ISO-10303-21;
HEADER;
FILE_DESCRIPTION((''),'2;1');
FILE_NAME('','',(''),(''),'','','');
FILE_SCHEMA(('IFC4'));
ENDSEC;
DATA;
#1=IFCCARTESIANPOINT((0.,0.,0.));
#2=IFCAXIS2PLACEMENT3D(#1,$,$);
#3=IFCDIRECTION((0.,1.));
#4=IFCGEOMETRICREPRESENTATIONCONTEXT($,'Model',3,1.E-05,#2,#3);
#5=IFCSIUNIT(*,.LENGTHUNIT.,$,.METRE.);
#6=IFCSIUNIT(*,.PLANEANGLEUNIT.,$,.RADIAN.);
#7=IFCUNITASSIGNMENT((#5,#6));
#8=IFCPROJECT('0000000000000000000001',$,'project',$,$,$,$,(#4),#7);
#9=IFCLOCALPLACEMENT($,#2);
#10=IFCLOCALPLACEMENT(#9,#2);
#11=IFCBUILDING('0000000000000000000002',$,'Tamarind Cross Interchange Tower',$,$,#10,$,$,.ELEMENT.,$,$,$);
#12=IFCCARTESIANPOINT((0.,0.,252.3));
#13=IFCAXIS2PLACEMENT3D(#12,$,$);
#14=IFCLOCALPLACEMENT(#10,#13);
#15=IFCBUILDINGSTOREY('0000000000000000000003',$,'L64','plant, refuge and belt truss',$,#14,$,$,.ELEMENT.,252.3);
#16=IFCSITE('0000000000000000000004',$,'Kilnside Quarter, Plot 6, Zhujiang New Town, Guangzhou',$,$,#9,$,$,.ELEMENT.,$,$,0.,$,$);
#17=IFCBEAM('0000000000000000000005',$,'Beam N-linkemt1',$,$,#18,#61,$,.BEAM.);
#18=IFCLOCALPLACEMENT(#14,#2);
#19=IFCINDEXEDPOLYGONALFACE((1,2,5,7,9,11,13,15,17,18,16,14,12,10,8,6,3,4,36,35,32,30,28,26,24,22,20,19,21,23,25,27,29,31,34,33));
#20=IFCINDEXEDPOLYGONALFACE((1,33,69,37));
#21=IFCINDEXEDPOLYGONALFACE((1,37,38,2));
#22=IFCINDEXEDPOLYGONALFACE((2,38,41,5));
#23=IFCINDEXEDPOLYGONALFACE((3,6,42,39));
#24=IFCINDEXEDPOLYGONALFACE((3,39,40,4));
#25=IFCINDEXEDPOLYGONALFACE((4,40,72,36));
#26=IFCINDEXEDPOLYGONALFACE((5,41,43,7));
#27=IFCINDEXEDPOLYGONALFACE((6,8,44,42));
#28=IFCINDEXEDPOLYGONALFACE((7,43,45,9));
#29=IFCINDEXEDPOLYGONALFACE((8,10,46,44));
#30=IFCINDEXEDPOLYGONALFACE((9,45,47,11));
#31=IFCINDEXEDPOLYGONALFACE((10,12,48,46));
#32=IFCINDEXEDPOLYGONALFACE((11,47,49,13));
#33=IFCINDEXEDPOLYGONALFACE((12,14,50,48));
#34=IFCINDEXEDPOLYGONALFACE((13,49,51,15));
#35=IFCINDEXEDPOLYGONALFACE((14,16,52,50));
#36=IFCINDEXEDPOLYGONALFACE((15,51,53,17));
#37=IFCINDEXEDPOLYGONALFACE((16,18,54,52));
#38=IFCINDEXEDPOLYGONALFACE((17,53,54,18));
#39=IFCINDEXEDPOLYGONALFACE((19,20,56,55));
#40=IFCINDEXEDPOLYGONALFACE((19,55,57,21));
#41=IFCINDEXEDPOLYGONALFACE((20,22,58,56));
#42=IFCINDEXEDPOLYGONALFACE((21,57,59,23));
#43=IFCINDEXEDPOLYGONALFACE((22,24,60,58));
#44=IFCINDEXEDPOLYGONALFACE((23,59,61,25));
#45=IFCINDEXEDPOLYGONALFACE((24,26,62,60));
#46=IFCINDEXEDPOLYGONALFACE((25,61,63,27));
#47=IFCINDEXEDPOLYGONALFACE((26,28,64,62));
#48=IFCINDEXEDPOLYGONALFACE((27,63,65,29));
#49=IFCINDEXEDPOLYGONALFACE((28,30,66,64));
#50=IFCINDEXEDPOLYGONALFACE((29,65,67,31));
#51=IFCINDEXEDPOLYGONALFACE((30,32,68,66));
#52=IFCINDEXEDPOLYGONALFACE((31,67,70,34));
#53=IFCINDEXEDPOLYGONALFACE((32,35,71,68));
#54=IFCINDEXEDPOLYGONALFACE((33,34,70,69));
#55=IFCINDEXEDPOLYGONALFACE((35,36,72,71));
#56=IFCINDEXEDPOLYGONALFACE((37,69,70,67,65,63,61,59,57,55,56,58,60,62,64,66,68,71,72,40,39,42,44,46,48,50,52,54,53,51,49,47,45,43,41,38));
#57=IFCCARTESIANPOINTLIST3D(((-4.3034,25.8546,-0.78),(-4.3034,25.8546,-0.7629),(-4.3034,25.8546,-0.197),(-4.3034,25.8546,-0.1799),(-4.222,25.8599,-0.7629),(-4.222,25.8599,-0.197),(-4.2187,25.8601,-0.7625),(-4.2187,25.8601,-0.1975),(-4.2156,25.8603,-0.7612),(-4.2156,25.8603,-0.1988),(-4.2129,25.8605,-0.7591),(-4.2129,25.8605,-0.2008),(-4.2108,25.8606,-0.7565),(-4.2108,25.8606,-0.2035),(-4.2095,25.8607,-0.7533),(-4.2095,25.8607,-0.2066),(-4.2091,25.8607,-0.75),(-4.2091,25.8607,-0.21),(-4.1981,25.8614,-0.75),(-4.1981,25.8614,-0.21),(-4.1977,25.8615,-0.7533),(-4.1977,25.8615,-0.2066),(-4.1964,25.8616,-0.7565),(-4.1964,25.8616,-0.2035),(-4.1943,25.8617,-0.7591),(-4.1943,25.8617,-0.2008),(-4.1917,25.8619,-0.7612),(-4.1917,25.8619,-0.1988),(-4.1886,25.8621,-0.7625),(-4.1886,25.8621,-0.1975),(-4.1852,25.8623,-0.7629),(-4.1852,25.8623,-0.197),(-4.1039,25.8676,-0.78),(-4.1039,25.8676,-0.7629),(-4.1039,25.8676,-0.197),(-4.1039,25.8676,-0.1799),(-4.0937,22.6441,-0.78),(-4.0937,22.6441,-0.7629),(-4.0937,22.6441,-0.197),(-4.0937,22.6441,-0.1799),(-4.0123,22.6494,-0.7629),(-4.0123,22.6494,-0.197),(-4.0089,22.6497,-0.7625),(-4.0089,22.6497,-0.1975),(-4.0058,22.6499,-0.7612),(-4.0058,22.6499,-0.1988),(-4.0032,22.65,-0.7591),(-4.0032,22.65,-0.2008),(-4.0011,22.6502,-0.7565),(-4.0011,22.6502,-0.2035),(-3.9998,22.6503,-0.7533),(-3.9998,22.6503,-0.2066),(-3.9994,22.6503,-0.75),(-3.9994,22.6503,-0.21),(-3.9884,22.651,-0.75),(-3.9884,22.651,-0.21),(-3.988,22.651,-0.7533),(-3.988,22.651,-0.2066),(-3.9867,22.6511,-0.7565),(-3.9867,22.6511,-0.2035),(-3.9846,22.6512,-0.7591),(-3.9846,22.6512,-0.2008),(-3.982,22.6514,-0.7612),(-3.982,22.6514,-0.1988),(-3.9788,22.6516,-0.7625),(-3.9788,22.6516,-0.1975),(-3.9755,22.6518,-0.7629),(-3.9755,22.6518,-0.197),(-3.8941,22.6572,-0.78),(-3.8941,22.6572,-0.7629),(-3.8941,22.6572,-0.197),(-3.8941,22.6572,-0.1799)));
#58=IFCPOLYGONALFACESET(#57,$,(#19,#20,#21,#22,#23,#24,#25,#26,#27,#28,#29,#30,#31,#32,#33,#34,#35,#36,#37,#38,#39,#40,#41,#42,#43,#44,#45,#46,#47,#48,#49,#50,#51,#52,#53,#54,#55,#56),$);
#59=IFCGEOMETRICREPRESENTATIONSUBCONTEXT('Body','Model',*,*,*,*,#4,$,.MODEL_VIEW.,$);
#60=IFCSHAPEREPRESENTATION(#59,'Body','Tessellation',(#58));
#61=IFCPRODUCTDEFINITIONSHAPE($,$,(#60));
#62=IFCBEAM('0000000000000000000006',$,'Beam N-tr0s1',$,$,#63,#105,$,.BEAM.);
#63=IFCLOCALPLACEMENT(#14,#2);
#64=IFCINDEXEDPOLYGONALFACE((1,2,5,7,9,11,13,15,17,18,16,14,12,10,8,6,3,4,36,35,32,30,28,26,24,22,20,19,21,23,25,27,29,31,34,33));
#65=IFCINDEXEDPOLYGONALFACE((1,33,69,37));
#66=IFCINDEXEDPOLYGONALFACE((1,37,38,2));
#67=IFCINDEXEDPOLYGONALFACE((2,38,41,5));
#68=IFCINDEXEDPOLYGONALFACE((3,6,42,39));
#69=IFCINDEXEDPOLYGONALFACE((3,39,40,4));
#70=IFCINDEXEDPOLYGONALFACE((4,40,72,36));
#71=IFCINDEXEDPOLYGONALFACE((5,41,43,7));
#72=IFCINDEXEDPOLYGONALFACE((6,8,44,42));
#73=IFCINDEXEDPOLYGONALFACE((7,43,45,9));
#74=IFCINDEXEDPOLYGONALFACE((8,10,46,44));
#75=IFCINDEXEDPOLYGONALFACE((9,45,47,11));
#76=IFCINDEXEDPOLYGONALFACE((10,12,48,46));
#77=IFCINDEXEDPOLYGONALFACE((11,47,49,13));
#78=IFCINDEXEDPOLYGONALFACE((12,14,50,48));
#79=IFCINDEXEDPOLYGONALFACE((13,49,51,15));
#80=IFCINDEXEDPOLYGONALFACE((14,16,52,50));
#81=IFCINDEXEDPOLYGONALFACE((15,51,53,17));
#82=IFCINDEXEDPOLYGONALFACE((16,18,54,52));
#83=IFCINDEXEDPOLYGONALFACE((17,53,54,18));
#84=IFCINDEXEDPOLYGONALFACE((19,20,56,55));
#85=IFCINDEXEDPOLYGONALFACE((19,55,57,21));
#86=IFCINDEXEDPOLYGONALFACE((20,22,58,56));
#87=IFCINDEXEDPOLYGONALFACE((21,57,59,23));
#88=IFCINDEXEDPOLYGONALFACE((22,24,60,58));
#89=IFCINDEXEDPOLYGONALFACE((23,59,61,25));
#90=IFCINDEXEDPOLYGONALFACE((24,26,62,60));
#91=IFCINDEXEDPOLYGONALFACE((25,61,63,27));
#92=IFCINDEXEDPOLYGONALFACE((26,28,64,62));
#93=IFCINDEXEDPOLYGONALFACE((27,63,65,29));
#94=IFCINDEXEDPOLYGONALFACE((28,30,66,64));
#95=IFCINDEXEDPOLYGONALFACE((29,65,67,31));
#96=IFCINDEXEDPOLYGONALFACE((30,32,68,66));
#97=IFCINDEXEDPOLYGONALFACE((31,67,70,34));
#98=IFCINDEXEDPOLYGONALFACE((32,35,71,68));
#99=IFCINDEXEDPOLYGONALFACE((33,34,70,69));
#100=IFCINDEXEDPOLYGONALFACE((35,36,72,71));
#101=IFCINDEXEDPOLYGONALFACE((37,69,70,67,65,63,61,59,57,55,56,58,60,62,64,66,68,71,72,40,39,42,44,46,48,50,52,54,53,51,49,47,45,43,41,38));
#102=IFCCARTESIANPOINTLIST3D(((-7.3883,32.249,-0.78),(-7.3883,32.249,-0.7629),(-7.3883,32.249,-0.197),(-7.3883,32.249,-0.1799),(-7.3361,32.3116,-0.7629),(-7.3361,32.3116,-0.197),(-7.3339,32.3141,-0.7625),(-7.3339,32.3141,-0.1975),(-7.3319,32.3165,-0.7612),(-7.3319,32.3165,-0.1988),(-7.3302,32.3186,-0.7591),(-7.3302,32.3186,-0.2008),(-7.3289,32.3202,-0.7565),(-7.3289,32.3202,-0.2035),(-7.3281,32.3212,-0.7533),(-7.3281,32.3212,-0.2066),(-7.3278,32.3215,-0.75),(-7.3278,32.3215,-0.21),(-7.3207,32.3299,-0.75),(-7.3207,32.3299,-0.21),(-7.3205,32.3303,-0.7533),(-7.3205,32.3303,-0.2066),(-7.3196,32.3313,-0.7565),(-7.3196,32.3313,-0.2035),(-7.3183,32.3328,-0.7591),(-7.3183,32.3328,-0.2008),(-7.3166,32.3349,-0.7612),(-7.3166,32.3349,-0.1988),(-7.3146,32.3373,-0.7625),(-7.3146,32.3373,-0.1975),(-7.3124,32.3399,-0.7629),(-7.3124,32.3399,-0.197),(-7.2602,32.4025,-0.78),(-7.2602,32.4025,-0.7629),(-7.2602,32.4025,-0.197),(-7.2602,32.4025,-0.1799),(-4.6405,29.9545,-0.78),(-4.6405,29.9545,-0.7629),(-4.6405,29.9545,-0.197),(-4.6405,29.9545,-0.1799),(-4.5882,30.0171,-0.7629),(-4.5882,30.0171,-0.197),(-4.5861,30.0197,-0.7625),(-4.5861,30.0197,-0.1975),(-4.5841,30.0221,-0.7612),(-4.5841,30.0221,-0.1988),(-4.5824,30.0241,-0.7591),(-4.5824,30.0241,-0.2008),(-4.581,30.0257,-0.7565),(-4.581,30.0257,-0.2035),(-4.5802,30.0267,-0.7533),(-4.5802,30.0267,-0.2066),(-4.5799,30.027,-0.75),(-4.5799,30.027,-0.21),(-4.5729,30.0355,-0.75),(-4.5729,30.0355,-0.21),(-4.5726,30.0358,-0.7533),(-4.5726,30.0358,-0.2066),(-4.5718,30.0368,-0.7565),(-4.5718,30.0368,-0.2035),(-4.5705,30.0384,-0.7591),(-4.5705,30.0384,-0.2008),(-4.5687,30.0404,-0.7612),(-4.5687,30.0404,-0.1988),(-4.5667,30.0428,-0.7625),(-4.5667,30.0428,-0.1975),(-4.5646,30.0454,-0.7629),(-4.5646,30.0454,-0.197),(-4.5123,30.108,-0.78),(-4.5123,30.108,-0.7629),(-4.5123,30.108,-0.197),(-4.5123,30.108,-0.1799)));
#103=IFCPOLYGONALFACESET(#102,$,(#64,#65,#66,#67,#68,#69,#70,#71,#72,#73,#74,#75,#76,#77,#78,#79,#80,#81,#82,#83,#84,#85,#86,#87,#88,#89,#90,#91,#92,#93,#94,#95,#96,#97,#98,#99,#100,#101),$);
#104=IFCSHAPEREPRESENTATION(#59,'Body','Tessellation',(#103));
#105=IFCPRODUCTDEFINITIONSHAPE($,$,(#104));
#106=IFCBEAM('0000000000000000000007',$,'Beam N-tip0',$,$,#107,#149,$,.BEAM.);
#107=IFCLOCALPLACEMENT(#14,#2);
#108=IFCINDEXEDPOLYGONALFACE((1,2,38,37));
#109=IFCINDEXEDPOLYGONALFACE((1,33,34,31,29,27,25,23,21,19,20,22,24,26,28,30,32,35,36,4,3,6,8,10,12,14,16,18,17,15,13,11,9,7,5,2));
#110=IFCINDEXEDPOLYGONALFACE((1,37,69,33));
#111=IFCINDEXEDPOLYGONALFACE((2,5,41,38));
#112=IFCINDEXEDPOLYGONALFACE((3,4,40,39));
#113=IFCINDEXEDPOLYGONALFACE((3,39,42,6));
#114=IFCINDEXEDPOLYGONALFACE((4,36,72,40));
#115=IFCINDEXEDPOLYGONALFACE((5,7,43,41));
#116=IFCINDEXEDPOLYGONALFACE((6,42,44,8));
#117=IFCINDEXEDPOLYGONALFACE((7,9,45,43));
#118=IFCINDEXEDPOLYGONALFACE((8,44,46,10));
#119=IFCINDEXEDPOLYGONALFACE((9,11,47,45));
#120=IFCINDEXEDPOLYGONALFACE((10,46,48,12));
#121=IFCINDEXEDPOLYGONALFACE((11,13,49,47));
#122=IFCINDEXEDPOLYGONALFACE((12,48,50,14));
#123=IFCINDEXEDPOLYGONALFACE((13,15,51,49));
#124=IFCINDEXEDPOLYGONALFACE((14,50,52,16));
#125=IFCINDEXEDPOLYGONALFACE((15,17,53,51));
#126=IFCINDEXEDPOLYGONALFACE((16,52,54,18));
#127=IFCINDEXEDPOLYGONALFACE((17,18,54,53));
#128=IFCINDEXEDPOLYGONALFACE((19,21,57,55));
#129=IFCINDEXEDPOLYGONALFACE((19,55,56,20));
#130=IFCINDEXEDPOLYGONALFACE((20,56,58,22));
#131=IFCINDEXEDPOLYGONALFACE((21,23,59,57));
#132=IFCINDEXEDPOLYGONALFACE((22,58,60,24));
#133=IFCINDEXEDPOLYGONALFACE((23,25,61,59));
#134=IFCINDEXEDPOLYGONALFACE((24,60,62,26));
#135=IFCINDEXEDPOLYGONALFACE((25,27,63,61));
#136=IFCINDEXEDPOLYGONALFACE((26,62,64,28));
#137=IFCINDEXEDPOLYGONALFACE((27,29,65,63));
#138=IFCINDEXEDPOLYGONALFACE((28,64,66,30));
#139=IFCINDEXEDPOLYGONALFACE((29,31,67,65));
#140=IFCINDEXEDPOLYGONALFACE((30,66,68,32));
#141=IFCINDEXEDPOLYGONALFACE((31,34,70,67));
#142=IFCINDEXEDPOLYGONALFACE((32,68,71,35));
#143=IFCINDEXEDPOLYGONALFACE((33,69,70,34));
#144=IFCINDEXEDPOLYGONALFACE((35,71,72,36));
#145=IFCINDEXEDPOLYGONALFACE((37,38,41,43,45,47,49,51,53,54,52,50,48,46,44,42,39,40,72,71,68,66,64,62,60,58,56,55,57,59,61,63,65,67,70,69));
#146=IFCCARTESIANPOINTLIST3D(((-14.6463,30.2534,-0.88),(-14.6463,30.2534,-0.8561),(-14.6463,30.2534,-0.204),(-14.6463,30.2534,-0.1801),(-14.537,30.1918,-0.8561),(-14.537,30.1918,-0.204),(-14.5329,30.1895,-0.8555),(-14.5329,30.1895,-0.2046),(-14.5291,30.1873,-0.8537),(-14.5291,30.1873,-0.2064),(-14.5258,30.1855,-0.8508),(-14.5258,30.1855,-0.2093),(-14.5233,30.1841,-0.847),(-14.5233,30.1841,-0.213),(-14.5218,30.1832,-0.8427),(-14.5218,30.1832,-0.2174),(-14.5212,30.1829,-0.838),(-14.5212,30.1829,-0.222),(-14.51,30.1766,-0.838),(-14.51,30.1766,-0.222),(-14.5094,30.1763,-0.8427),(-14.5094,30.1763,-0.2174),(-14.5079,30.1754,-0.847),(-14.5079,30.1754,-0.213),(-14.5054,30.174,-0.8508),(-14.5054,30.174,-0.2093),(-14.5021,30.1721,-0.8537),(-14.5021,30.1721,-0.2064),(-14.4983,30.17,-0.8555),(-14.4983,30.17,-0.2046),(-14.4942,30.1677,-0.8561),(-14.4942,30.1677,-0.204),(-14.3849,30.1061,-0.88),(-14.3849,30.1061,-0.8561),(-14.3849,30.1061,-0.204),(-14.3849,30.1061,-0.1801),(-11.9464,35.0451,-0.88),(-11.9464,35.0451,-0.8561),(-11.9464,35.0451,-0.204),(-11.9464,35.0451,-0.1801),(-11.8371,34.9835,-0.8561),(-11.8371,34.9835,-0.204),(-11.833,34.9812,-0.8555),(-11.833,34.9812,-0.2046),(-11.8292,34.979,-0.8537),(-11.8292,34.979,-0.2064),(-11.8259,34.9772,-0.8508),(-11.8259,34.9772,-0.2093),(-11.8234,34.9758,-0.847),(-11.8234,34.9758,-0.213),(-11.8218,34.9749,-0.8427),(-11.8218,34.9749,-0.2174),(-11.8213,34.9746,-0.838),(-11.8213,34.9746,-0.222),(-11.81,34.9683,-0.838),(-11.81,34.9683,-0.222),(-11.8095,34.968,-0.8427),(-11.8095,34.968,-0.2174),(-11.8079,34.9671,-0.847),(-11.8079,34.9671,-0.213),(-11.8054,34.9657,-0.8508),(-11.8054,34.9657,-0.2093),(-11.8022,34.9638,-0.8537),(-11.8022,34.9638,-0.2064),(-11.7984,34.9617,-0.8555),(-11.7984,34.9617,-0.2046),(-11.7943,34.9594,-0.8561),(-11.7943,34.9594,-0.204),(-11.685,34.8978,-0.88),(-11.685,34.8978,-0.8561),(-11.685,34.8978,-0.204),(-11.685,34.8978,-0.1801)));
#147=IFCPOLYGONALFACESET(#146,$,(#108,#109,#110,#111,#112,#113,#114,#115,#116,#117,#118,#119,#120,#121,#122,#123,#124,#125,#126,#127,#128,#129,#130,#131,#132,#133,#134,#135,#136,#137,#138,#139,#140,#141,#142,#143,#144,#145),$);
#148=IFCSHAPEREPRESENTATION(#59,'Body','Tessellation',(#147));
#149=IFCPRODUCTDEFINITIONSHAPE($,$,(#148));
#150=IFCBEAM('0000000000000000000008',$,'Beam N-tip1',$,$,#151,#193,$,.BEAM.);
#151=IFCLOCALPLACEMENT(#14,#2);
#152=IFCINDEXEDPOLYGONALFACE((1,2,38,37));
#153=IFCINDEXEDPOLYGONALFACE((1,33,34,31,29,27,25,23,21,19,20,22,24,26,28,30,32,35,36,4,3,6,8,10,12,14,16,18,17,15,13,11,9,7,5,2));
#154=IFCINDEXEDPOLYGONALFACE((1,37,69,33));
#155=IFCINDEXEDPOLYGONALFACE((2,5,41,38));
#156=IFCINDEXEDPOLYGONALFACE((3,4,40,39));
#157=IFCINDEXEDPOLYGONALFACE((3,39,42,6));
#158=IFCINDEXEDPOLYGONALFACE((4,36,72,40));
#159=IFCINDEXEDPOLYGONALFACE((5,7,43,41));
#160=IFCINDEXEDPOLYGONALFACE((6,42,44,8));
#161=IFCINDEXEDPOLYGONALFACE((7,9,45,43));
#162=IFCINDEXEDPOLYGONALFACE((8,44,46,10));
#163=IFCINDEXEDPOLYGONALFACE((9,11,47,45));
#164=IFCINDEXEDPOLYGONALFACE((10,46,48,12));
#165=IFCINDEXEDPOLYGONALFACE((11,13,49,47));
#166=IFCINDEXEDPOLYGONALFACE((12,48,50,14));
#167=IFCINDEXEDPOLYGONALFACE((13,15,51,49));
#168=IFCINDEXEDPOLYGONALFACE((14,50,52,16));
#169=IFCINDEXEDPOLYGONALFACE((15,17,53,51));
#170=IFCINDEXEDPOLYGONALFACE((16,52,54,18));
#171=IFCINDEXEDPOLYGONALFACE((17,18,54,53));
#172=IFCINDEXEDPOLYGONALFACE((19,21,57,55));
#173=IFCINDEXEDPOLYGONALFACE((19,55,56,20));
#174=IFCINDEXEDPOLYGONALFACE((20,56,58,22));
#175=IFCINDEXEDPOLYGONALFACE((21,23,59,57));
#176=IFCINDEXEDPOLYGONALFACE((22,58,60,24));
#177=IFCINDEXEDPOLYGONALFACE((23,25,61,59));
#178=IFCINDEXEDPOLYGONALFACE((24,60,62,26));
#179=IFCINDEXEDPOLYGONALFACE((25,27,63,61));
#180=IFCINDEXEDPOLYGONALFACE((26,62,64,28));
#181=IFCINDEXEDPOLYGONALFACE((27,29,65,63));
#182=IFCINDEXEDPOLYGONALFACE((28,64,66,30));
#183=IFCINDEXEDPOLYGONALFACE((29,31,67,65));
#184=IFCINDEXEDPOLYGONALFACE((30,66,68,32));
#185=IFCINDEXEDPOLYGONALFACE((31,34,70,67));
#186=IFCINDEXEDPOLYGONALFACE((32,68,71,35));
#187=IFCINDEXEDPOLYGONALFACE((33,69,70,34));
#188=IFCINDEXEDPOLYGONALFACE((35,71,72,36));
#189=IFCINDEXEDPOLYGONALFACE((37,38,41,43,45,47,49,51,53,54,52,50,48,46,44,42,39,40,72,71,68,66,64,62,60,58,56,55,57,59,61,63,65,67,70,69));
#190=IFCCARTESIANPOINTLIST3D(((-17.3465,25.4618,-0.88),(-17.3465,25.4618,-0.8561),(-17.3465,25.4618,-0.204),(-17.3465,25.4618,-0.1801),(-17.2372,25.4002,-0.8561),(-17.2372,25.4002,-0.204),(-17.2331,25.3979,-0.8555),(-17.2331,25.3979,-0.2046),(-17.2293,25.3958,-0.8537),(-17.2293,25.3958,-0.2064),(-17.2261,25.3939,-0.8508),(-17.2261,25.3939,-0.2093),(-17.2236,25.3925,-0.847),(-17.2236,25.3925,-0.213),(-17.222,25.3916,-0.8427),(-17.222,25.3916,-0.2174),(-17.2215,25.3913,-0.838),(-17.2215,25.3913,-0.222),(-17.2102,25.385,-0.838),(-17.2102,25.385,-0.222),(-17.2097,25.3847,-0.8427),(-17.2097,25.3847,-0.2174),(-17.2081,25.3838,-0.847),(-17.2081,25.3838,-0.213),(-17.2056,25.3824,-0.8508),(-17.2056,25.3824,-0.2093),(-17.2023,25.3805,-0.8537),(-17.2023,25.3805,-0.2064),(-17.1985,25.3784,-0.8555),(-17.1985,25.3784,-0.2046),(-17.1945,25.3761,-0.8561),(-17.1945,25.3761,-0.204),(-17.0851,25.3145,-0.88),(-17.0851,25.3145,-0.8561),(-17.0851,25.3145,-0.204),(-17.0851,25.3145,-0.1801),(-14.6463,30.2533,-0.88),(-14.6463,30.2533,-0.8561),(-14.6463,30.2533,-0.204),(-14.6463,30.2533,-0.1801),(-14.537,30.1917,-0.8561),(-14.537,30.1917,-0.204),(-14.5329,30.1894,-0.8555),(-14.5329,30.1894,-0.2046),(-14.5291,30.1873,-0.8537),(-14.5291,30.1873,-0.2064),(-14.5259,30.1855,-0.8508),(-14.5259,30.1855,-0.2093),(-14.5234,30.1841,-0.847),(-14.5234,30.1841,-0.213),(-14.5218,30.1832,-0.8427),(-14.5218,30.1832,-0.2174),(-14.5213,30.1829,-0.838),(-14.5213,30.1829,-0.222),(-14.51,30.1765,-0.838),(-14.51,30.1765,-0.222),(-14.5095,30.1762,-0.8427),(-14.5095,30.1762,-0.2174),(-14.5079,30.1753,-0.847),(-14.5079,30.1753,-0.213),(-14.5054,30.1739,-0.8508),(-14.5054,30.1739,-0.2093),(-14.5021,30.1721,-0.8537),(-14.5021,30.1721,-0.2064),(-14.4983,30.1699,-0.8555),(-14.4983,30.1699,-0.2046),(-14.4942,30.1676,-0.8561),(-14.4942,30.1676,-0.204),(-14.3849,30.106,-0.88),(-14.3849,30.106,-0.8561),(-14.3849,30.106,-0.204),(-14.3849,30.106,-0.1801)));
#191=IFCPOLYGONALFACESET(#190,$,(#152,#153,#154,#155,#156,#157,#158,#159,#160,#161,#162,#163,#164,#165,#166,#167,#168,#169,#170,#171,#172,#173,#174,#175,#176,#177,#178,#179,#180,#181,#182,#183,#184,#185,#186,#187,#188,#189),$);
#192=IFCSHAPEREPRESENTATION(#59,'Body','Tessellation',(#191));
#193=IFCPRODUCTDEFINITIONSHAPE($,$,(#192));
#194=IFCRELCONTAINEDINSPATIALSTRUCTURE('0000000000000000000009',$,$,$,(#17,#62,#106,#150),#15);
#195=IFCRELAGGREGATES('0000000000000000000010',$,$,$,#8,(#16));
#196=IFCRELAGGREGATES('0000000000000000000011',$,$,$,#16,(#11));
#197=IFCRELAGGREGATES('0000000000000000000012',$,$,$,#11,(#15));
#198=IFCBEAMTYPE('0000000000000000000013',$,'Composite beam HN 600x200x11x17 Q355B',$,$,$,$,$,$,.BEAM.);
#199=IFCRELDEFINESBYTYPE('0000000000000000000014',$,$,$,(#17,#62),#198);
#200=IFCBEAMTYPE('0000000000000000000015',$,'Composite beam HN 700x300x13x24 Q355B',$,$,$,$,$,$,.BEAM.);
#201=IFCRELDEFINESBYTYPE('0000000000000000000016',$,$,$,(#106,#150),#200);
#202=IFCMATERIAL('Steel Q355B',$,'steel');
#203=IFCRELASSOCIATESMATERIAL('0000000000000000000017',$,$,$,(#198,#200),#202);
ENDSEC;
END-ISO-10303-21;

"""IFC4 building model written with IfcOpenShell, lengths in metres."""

from ifc_helpers import new_model, si_unit, direction, frame, origin, origin_2d, place, context, subcontext, project, spatial, i_section, extrude, material, material_profile, profile_set, type_object, element, save


model = new_model("IFC4")

# Units and contexts
model_context = context("Model", 3, precision=1e-05, world=origin(), true_north=direction((0.0, 1.0)))
body_context = subcontext(model_context, "Body", "Model", "MODEL_VIEW")
ifc_project = project(units=[si_unit("LENGTHUNIT", "METRE"), si_unit("PLANEANGLEUNIT", "RADIAN")], contexts=[model_context])

# Site, building, storey
site_placement = place(None, origin())
site = spatial("IfcSite", under=ifc_project, at=site_placement, Name="Kilnside Quarter, Plot 6, Zhujiang New Town, Guangzhou", CompositionType="ELEMENT", RefElevation=0.0)
building_placement = place(site_placement, origin())
building = spatial("IfcBuilding", under=site, at=building_placement, Name="Tamarind Cross Interchange Tower", CompositionType="ELEMENT")
storey_placement = place(building_placement, frame((0.0, 0.0, 252.3)))
storey = spatial("IfcBuildingStorey", under=building, at=storey_placement, Name="L64", Description="plant, refuge and belt truss", CompositionType="ELEMENT", Elevation=252.3)

# Beams
ifc_material_1 = material(Name="Steel Q355B", Category="steel")
ifc_material_profile_1 = material_profile(ifc_material_1, i_section(OverallWidth=0.2, OverallDepth=0.6001, WebThickness=0.011, FlangeThickness=0.0171, FilletRadius=0.0129, at=origin_2d()), Name="HN 600x200x11x17")
ifc_profile_set_1 = profile_set([ifc_material_profile_1], Name="Steel Q355B")
beam_type_1 = type_object("IfcBeamType", Name="Composite beam HN 600x200x11x17 Q355B", PredefinedType="BEAM", material=ifc_profile_set_1)
beam_1_placement = place(storey_placement, frame((-4.2036, 25.8611, -0.48), z_axis=(0.065184, -0.997873, 0.0), x_axis=(0.997873, 0.065184, 0.0)))
element("IfcBeam", 1, at=beam_1_placement, inside=storey, type_object=beam_type_1, Name="Beam N-linkemt1", PredefinedType="BEAM", context=body_context, shape_type="SweptSolid", body=[
    extrude(i_section(OverallWidth=0.2, OverallDepth=0.6001, WebThickness=0.011, FlangeThickness=0.0171, FilletRadius=0.0129, at=origin_2d()), origin(), (0.0, 0.0, 1.0), 3.2173),
])
beam_2_placement = place(storey_placement, frame((-4.5764, 30.0312, -0.48), z_axis=(-0.767589, 0.640942, 0.0), x_axis=(-0.640942, -0.767589, 0.0)))
element("IfcBeam", 2, at=beam_2_placement, inside=storey, type_object=beam_type_1, Name="Beam N-tr0s1", PredefinedType="BEAM", context=body_context, shape_type="SweptSolid", body=[
    extrude(i_section(OverallWidth=0.2, OverallDepth=0.6001, WebThickness=0.011, FlangeThickness=0.0171, FilletRadius=0.0129, at=origin_2d()), origin(), (0.0, 0.0, 1.0), 3.5798),
])
ifc_material_profile_2 = material_profile(ifc_material_1, i_section(OverallWidth=0.3, OverallDepth=0.7, WebThickness=0.0129, FlangeThickness=0.0239, FilletRadius=0.0181, at=origin_2d()), Name="HN 700x300x13x24")
ifc_profile_set_2 = profile_set([ifc_material_profile_2], Name="Steel Q355B")
beam_type_2 = type_object("IfcBeamType", Name="Composite beam HN 700x300x13x24 Q355B", PredefinedType="BEAM", material=ifc_profile_set_2)
for number, where, z_axis, x_axis, name in (
    (3, (-11.8157, 34.9714, -0.53), (-0.490895, -0.871218, 0.0), (0.871218, -0.490895, 0.0), "Beam N-tip0"),
    (4, (-14.5156, 30.1797, -0.53), (-0.490948, -0.871189, 0.0), (0.871189, -0.490948, 0.0), "Beam N-tip1"),
):
    element("IfcBeam", number, at=place(storey_placement, frame(where, z_axis=z_axis, x_axis=x_axis)), inside=storey, type_object=beam_type_2, Name=name, PredefinedType="BEAM", context=body_context, shape_type="SweptSolid", body=[
        extrude(i_section(OverallWidth=0.3, OverallDepth=0.7, WebThickness=0.0129, FlangeThickness=0.0239, FilletRadius=0.0181, at=origin_2d()), origin(), (0.0, 0.0, 1.0), 5.5),
    ])

save(model, "model.ifc")
